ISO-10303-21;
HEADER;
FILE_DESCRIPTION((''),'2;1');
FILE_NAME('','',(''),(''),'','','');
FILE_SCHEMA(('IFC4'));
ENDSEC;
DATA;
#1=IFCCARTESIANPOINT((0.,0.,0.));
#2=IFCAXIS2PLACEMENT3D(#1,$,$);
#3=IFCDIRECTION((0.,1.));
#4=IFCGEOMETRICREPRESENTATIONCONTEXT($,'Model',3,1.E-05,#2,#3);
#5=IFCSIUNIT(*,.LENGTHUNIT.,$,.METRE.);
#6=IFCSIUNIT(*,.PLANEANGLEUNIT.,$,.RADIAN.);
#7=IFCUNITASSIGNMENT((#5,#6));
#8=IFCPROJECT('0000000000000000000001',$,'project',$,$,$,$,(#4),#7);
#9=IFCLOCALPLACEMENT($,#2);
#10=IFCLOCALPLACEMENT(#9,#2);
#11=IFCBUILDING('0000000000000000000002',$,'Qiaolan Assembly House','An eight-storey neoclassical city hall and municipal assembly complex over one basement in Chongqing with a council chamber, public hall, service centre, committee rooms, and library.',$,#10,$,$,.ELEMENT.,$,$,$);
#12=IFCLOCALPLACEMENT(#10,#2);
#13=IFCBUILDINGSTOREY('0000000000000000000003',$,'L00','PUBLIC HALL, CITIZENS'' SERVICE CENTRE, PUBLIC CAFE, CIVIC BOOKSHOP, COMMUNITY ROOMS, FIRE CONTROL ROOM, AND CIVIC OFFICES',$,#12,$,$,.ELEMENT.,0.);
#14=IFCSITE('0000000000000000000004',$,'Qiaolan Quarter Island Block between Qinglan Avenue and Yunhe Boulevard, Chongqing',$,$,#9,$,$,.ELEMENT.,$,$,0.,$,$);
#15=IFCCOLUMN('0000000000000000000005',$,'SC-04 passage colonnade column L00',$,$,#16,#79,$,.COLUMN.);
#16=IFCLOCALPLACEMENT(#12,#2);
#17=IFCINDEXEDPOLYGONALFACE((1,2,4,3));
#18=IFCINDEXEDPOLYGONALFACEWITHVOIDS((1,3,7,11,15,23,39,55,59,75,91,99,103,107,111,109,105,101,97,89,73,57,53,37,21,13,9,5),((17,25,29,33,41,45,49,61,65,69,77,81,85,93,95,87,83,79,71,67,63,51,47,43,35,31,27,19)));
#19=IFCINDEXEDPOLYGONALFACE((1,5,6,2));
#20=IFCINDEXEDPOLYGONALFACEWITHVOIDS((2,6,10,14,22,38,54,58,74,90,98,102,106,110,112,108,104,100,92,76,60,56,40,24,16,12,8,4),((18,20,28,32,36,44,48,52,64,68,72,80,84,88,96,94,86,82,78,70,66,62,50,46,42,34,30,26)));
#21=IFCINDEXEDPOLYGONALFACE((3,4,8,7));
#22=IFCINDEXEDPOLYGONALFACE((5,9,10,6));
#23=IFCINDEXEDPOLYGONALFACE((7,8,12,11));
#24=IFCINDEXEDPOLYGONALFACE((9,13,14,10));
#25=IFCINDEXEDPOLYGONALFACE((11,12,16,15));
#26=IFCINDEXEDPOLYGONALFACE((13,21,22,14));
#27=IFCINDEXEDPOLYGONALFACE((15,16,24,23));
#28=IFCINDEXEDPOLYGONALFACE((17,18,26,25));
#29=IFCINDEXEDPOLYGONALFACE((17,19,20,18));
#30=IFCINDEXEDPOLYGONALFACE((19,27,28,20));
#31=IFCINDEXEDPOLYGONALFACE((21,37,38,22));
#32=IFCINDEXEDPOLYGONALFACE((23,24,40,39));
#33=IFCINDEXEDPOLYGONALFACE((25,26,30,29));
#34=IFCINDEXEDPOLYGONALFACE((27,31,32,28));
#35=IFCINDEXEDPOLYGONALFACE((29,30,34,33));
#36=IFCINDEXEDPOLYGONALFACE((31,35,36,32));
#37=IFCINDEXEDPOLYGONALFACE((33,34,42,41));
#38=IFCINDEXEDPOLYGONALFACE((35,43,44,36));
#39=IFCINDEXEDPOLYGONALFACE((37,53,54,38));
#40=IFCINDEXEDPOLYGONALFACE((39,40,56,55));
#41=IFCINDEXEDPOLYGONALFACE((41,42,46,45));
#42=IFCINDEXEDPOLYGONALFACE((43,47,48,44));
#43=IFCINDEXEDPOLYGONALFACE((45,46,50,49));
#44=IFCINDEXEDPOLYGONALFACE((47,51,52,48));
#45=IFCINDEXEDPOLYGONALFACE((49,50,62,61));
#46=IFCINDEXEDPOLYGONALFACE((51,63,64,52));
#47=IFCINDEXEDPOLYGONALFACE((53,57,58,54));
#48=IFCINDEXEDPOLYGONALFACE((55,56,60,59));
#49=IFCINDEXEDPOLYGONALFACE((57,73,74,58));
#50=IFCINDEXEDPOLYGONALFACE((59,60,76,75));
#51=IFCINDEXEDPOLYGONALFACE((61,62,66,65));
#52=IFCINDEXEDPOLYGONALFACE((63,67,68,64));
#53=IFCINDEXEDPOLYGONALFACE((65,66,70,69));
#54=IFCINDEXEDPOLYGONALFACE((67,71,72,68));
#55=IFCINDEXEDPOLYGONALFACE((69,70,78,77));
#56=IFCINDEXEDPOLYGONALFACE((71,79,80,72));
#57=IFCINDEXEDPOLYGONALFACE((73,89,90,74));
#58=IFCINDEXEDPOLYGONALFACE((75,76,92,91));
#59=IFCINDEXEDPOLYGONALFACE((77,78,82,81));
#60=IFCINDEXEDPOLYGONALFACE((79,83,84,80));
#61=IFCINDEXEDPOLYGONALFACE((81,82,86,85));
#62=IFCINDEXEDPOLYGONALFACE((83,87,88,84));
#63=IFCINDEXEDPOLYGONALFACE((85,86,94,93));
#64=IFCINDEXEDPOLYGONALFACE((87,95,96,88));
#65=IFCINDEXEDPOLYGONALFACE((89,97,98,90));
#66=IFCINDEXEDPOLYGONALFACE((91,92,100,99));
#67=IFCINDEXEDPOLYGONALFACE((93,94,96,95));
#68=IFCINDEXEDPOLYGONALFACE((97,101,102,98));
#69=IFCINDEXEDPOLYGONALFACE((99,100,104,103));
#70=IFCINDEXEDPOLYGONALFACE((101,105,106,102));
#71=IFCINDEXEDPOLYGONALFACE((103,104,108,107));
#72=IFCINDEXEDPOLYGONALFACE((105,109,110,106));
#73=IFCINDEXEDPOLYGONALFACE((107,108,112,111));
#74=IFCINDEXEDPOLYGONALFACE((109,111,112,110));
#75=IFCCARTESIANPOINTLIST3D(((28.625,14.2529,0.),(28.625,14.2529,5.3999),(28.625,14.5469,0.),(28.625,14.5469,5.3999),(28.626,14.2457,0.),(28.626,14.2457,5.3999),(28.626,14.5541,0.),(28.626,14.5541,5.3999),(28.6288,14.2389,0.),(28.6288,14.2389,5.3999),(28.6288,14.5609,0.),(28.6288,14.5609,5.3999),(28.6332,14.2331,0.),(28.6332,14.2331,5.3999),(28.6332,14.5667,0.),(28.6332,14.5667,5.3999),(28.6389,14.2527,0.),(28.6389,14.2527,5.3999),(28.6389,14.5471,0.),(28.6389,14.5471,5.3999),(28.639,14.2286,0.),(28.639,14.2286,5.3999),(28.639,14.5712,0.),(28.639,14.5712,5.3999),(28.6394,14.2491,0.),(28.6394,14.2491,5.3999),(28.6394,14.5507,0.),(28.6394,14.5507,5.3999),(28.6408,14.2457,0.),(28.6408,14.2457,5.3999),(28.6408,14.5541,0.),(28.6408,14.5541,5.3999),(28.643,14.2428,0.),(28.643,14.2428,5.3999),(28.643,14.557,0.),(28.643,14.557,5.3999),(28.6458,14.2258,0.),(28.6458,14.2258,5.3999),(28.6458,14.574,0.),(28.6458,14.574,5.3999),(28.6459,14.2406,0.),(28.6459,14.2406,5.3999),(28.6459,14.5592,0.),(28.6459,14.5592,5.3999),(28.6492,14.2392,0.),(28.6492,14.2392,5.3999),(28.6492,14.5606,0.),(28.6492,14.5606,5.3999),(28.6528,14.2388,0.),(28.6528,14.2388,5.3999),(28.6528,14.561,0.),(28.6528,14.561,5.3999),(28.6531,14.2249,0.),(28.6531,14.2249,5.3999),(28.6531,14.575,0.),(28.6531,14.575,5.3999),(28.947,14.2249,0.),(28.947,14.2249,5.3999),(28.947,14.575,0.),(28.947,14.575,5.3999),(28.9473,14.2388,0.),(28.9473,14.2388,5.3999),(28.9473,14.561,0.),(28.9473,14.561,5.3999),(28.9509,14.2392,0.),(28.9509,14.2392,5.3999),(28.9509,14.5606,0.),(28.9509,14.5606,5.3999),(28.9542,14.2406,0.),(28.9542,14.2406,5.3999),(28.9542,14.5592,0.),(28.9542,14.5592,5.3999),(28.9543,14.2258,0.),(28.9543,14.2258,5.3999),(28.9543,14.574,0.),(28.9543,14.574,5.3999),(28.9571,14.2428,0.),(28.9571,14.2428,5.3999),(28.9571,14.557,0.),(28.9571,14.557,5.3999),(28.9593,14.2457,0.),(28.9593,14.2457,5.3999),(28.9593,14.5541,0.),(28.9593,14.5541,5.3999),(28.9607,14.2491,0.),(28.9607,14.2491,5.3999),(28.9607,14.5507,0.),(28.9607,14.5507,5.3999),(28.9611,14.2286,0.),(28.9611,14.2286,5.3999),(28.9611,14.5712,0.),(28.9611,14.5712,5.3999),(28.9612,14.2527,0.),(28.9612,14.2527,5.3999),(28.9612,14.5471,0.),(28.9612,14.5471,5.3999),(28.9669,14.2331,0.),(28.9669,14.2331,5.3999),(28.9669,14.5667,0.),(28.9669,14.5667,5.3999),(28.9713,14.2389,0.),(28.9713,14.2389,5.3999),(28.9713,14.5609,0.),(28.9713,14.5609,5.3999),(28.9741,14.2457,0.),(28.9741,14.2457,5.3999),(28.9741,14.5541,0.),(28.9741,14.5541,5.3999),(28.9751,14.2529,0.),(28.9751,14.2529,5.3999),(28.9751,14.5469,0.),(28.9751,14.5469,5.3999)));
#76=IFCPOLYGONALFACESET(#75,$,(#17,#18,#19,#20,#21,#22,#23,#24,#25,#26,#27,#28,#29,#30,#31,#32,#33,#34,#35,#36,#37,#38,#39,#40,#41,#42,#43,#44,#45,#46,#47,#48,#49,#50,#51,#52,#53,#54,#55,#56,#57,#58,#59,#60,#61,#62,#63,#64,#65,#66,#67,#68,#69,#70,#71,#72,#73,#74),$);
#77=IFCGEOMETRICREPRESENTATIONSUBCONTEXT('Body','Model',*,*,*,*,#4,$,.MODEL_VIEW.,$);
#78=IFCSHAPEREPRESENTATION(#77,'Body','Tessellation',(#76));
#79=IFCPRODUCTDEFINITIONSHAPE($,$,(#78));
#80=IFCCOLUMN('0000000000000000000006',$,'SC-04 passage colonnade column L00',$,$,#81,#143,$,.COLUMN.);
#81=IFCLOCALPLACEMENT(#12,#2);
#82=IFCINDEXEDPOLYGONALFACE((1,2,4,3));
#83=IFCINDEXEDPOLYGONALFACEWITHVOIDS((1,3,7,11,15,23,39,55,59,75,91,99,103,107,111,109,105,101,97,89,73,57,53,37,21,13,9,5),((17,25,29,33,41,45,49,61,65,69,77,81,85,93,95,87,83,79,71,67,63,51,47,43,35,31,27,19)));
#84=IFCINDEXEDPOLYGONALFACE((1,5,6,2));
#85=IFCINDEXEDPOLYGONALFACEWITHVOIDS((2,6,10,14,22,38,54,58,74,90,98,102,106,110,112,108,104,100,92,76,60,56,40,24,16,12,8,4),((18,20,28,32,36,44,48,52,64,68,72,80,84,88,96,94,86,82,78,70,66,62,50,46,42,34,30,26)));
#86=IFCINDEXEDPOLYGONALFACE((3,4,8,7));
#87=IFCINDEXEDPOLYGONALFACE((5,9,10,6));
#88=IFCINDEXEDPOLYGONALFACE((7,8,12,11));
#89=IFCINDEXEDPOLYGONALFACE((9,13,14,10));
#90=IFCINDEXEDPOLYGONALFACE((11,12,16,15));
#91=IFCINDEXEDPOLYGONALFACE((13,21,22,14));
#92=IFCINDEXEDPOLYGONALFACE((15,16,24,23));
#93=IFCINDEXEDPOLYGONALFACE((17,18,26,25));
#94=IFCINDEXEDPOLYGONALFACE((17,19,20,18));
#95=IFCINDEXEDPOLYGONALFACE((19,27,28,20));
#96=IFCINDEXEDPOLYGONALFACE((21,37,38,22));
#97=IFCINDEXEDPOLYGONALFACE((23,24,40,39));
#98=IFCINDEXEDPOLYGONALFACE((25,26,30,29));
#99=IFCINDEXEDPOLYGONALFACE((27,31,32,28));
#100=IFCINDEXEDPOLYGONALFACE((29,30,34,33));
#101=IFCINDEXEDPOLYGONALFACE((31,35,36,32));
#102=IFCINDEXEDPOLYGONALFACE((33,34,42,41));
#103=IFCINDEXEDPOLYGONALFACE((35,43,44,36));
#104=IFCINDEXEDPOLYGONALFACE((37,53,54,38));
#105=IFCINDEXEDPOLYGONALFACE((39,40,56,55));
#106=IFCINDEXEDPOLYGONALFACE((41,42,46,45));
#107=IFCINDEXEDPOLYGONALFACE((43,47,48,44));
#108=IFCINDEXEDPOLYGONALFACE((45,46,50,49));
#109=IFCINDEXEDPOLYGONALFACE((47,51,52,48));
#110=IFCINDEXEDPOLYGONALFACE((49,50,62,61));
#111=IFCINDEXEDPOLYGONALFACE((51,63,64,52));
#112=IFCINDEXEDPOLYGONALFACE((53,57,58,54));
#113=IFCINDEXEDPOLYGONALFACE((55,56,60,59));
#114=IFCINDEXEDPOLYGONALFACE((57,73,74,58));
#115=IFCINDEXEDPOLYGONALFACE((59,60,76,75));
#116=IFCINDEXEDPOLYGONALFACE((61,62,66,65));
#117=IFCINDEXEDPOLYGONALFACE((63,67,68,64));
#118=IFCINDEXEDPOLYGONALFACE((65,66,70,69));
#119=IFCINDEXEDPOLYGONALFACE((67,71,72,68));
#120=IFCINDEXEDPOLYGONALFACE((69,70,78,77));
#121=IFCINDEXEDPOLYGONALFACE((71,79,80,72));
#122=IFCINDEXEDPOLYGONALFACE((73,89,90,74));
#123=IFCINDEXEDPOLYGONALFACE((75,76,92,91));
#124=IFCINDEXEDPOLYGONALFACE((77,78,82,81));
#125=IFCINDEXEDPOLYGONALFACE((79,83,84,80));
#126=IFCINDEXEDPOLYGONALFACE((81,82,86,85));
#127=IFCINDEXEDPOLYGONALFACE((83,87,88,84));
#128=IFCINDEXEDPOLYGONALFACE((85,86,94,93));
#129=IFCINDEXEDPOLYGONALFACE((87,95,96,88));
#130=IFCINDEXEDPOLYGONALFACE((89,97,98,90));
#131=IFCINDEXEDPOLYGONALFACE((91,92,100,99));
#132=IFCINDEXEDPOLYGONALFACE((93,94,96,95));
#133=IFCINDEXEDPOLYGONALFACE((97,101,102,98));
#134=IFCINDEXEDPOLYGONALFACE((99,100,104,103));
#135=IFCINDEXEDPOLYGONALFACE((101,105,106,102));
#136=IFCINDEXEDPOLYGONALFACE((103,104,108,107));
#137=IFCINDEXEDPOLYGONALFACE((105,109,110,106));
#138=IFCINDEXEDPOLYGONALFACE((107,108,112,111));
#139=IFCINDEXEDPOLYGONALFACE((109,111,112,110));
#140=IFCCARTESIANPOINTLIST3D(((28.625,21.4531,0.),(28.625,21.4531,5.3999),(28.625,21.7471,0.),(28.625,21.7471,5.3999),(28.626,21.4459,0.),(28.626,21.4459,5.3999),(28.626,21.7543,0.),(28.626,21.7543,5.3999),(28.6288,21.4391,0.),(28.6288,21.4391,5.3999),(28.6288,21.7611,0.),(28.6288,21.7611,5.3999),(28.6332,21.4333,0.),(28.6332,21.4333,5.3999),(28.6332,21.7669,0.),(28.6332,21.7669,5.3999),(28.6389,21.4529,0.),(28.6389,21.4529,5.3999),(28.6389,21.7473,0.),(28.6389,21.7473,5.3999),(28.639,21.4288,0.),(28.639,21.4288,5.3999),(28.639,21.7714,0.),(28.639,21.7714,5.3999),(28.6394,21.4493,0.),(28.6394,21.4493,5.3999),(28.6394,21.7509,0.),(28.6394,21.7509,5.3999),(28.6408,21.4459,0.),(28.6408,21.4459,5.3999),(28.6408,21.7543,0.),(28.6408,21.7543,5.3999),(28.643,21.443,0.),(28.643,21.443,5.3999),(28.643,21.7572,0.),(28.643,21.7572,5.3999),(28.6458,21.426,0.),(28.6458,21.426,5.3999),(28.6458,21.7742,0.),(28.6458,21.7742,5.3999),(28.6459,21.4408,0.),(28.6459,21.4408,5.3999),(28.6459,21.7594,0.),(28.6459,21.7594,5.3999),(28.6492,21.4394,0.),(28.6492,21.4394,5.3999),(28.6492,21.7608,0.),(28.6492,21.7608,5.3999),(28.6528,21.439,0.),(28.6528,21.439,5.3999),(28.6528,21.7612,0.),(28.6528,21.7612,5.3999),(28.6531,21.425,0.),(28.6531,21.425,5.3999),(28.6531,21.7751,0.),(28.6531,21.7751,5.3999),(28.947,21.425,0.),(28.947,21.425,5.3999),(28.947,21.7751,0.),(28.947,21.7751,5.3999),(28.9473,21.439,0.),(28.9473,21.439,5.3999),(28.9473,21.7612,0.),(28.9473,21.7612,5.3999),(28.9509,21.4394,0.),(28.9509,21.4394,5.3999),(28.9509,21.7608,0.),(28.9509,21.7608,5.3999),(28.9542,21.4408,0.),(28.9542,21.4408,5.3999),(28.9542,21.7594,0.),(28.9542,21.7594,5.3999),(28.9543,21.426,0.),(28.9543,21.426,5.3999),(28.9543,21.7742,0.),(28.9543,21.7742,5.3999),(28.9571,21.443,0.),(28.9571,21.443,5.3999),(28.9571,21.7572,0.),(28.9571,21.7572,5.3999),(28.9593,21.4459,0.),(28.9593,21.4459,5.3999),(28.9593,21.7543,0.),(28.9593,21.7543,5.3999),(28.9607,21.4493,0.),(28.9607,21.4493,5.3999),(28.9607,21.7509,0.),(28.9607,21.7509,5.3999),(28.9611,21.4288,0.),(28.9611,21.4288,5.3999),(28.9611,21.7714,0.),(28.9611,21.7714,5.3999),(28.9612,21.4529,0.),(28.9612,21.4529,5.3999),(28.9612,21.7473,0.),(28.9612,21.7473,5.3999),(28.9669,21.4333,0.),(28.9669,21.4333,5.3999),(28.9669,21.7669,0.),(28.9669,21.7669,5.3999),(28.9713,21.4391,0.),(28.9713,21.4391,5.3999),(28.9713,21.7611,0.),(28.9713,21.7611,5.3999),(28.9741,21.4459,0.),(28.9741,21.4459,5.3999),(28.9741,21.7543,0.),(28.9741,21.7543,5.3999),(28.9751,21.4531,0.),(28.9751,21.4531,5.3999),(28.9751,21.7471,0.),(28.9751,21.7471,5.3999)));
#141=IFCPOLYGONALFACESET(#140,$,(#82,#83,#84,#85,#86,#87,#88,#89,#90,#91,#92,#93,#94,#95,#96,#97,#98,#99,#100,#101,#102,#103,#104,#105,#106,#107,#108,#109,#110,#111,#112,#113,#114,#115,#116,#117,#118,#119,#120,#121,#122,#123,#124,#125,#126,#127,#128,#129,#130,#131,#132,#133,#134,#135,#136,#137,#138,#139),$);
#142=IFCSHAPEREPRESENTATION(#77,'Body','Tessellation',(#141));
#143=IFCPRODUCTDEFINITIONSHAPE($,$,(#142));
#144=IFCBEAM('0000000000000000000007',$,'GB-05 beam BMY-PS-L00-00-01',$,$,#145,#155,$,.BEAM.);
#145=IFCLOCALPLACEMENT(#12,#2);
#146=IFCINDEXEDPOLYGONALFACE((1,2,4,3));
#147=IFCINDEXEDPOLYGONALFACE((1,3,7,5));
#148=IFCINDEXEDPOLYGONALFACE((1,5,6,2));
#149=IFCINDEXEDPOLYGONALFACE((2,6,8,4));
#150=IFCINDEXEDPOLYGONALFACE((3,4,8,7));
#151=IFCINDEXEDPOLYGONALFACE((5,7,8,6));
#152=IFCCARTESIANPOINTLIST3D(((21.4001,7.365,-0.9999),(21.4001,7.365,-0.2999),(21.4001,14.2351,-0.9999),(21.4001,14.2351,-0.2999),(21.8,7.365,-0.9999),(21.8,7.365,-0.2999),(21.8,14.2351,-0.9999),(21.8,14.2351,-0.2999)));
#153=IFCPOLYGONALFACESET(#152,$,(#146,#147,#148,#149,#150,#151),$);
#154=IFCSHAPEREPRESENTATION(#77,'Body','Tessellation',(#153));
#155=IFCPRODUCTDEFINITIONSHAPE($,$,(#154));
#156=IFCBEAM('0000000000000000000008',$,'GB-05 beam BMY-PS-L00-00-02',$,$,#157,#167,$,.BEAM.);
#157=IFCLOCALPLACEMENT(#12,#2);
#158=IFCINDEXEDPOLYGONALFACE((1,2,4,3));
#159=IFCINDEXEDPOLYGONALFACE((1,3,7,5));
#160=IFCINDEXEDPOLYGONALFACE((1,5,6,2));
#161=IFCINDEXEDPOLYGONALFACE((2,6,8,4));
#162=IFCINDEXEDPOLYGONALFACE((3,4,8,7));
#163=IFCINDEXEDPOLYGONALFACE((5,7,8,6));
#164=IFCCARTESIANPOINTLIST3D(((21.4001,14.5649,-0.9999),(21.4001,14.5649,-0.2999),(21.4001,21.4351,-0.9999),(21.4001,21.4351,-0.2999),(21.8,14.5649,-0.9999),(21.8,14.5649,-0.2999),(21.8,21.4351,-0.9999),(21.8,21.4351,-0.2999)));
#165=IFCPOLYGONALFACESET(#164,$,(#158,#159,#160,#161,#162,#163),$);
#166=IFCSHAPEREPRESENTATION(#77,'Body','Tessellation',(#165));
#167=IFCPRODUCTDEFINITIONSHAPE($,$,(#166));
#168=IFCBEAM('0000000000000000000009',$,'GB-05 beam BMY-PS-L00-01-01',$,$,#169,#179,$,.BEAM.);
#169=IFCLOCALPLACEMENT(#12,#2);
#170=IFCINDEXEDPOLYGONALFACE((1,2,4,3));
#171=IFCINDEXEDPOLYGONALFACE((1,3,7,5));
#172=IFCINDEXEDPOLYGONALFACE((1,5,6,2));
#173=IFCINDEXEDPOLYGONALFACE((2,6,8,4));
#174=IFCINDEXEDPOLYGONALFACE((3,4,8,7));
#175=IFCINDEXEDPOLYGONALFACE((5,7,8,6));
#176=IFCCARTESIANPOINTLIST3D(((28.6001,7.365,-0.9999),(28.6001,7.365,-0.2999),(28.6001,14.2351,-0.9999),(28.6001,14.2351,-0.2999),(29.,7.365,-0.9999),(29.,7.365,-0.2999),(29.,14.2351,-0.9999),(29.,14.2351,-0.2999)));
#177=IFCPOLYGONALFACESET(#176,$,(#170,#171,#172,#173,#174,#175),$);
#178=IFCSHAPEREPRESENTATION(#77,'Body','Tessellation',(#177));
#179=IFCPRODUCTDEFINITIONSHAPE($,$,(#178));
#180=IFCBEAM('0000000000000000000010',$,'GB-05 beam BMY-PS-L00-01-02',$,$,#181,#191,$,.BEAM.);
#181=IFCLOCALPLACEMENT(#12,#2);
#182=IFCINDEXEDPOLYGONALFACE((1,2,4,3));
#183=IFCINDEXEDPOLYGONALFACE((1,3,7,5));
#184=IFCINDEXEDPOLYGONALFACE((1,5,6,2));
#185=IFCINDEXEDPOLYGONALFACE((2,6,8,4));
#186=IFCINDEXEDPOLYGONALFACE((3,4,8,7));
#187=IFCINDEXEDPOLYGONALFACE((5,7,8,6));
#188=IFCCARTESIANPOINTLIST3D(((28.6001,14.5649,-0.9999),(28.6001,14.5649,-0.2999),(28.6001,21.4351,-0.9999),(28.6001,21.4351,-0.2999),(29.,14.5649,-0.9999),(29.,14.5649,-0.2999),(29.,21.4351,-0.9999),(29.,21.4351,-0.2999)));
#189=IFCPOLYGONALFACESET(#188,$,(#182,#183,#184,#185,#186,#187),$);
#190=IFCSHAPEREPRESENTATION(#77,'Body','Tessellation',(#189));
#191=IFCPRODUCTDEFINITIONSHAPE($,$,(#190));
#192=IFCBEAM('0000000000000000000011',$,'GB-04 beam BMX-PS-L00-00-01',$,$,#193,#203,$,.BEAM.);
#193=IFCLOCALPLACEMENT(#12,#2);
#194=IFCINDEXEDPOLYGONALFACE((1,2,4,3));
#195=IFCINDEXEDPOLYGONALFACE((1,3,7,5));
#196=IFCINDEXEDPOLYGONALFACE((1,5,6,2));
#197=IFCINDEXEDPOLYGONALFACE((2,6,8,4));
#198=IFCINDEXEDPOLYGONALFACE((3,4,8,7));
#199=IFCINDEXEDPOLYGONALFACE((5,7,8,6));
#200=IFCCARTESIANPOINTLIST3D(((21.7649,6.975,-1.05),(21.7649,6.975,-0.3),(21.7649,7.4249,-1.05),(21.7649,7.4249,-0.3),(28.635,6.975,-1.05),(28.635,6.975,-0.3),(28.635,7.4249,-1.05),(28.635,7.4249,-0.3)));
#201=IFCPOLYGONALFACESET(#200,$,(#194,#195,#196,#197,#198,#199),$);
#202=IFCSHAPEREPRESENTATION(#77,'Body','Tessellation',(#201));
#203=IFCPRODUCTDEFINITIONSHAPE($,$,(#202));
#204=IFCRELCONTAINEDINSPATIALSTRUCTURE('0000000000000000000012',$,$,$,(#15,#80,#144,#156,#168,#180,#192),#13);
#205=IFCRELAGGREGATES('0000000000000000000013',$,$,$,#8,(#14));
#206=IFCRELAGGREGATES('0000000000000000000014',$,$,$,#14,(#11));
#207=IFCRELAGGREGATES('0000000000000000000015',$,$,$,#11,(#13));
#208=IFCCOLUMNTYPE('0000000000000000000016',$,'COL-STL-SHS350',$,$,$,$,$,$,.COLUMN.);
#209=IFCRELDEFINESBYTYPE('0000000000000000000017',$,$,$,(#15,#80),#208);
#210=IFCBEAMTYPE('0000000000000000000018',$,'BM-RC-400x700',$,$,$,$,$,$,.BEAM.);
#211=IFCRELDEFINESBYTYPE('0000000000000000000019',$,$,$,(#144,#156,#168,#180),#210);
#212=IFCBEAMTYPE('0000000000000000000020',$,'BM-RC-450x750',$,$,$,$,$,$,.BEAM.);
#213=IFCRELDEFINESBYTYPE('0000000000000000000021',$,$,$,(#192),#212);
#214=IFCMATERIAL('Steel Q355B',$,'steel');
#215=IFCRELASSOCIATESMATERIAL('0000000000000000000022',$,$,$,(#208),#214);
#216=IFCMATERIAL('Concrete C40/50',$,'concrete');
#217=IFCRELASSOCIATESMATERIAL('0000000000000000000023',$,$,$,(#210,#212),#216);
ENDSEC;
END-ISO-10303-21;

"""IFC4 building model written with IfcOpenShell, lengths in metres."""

from ifc_helpers import new_model, si_unit, direction, frame, origin, origin_2d, place, context, subcontext, project, spatial, rectangle, hollow_rectangle, extrude, material, material_profile, profile_set, type_object, element, save


model = new_model("IFC4")

# Units and contexts
model_context = context("Model", 3, precision=1e-05, world=origin(), true_north=direction((0.0, 1.0)))
body_context = subcontext(model_context, "Body", "Model", "MODEL_VIEW")
ifc_project = project(units=[si_unit("LENGTHUNIT", "METRE"), si_unit("PLANEANGLEUNIT", "RADIAN")], contexts=[model_context])

# Site, building, storey
site_placement = place(None, origin())
site = spatial("IfcSite", under=ifc_project, at=site_placement, Name="Qiaolan Quarter Island Block between Qinglan Avenue and Yunhe Boulevard, Chongqing", CompositionType="ELEMENT", RefElevation=0.0)
building_placement = place(site_placement, origin())
building = spatial("IfcBuilding", under=site, at=building_placement, Name="Qiaolan Assembly House", Description="An eight-storey neoclassical city hall and municipal assembly complex over one basement in Chongqing with a council chamber, public hall, service centre, committee rooms, and library.", CompositionType="ELEMENT")
storey_placement = place(building_placement, origin())
storey = spatial("IfcBuildingStorey", under=building, at=storey_placement, Name="L00", Description="PUBLIC HALL, CITIZENS' SERVICE CENTRE, PUBLIC CAFE, CIVIC BOOKSHOP, COMMUNITY ROOMS, FIRE CONTROL ROOM, AND CIVIC OFFICES", CompositionType="ELEMENT", Elevation=0.0)

# Columns
ifc_material_1 = material(Name="Steel Q355B", Category="steel")
ifc_material_profile_1 = material_profile(ifc_material_1, hollow_rectangle(XDim=0.3501, YDim=0.3501, WallThickness=0.0139, InnerFilletRadius=0.0139, OuterFilletRadius=0.0281, at=origin_2d()), Name="SHS 350x350x14")
ifc_profile_set_1 = profile_set([ifc_material_profile_1], Name="Steel Q355B")
column_type = type_object("IfcColumnType", Name="COL-STL-SHS350", PredefinedType="COLUMN", material=ifc_profile_set_1)
for number, where, z_axis, x_axis, name in (
    (1, (28.8, 14.3999, 0.0), (0.0, 0.0, 1.0), (1.0, 0.0, 0.0), "SC-04 passage colonnade column L00"),
    (2, (28.8, 21.6001, 0.0), (0.0, 0.0, 1.0), (1.0, 0.0, 0.0), "SC-04 passage colonnade column L00"),
):
    element("IfcColumn", number, at=place(storey_placement, frame(where, z_axis=z_axis, x_axis=x_axis)), inside=storey, type_object=column_type, Name=name, PredefinedType="COLUMN", context=body_context, shape_type="SweptSolid", body=[
        extrude(hollow_rectangle(XDim=0.3501, YDim=0.3501, WallThickness=0.0139, InnerFilletRadius=0.0139, OuterFilletRadius=0.0281, at=origin_2d()), origin(), (0.0, 0.0, 1.0), 5.3999),
    ])

# Beams
ifc_material_2 = material(Name="Concrete C40/50", Category="concrete")
ifc_material_profile_2 = material_profile(ifc_material_2, rectangle(XDim=0.3999, YDim=0.7, at=origin_2d()), Name="RCB 400x700")
ifc_profile_set_2 = profile_set([ifc_material_profile_2], Name="Concrete C40/50")
beam_type_1 = type_object("IfcBeamType", Name="BM-RC-400x700", PredefinedType="BEAM", material=ifc_profile_set_2)
for number, where, z_axis, x_axis, name in (
    (3, (21.6001, 7.365, -0.6499), (0.0, 1.0, 0.0), (-1.0, 0.0, 0.0), "GB-05 beam BMY-PS-L00-00-01"),
    (4, (21.6001, 14.5649, -0.6499), (0.0, 1.0, 0.0), (-1.0, 0.0, 0.0), "GB-05 beam BMY-PS-L00-00-02"),
    (5, (28.8, 7.365, -0.6499), (0.0, 1.0, 0.0), (-1.0, 0.0, 0.0), "GB-05 beam BMY-PS-L00-01-01"),
    (6, (28.8, 14.5649, -0.6499), (0.0, 1.0, 0.0), (-1.0, 0.0, 0.0), "GB-05 beam BMY-PS-L00-01-02"),
):
    element("IfcBeam", number, at=place(storey_placement, frame(where, z_axis=z_axis, x_axis=x_axis)), inside=storey, type_object=beam_type_1, Name=name, PredefinedType="BEAM", context=body_context, shape_type="SweptSolid", body=[
        extrude(rectangle(XDim=0.3999, YDim=0.7, at=origin_2d()), origin(), (0.0, 0.0, 1.0), 6.8701),
    ])
ifc_material_profile_3 = material_profile(ifc_material_2, rectangle(XDim=0.45, YDim=0.75, at=origin_2d()), Name="RCB 450x750")
ifc_profile_set_3 = profile_set([ifc_material_profile_3], Name="Concrete C40/50")
beam_type_2 = type_object("IfcBeamType", Name="BM-RC-450x750", PredefinedType="BEAM", material=ifc_profile_set_3)
for number, where, z_axis, x_axis, name in (
    (7, (21.7649, 7.2, -0.675), (1.0, 0.0, 0.0), (0.0, 1.0, 0.0), "GB-04 beam BMX-PS-L00-00-01"),
):
    element("IfcBeam", number, at=place(storey_placement, frame(where, z_axis=z_axis, x_axis=x_axis)), inside=storey, type_object=beam_type_2, Name=name, PredefinedType="BEAM", context=body_context, shape_type="SweptSolid", body=[
        extrude(rectangle(XDim=0.45, YDim=0.75, at=origin_2d()), origin(), (0.0, 0.0, 1.0), 6.8701),
    ])

save(model, "model.ifc")
